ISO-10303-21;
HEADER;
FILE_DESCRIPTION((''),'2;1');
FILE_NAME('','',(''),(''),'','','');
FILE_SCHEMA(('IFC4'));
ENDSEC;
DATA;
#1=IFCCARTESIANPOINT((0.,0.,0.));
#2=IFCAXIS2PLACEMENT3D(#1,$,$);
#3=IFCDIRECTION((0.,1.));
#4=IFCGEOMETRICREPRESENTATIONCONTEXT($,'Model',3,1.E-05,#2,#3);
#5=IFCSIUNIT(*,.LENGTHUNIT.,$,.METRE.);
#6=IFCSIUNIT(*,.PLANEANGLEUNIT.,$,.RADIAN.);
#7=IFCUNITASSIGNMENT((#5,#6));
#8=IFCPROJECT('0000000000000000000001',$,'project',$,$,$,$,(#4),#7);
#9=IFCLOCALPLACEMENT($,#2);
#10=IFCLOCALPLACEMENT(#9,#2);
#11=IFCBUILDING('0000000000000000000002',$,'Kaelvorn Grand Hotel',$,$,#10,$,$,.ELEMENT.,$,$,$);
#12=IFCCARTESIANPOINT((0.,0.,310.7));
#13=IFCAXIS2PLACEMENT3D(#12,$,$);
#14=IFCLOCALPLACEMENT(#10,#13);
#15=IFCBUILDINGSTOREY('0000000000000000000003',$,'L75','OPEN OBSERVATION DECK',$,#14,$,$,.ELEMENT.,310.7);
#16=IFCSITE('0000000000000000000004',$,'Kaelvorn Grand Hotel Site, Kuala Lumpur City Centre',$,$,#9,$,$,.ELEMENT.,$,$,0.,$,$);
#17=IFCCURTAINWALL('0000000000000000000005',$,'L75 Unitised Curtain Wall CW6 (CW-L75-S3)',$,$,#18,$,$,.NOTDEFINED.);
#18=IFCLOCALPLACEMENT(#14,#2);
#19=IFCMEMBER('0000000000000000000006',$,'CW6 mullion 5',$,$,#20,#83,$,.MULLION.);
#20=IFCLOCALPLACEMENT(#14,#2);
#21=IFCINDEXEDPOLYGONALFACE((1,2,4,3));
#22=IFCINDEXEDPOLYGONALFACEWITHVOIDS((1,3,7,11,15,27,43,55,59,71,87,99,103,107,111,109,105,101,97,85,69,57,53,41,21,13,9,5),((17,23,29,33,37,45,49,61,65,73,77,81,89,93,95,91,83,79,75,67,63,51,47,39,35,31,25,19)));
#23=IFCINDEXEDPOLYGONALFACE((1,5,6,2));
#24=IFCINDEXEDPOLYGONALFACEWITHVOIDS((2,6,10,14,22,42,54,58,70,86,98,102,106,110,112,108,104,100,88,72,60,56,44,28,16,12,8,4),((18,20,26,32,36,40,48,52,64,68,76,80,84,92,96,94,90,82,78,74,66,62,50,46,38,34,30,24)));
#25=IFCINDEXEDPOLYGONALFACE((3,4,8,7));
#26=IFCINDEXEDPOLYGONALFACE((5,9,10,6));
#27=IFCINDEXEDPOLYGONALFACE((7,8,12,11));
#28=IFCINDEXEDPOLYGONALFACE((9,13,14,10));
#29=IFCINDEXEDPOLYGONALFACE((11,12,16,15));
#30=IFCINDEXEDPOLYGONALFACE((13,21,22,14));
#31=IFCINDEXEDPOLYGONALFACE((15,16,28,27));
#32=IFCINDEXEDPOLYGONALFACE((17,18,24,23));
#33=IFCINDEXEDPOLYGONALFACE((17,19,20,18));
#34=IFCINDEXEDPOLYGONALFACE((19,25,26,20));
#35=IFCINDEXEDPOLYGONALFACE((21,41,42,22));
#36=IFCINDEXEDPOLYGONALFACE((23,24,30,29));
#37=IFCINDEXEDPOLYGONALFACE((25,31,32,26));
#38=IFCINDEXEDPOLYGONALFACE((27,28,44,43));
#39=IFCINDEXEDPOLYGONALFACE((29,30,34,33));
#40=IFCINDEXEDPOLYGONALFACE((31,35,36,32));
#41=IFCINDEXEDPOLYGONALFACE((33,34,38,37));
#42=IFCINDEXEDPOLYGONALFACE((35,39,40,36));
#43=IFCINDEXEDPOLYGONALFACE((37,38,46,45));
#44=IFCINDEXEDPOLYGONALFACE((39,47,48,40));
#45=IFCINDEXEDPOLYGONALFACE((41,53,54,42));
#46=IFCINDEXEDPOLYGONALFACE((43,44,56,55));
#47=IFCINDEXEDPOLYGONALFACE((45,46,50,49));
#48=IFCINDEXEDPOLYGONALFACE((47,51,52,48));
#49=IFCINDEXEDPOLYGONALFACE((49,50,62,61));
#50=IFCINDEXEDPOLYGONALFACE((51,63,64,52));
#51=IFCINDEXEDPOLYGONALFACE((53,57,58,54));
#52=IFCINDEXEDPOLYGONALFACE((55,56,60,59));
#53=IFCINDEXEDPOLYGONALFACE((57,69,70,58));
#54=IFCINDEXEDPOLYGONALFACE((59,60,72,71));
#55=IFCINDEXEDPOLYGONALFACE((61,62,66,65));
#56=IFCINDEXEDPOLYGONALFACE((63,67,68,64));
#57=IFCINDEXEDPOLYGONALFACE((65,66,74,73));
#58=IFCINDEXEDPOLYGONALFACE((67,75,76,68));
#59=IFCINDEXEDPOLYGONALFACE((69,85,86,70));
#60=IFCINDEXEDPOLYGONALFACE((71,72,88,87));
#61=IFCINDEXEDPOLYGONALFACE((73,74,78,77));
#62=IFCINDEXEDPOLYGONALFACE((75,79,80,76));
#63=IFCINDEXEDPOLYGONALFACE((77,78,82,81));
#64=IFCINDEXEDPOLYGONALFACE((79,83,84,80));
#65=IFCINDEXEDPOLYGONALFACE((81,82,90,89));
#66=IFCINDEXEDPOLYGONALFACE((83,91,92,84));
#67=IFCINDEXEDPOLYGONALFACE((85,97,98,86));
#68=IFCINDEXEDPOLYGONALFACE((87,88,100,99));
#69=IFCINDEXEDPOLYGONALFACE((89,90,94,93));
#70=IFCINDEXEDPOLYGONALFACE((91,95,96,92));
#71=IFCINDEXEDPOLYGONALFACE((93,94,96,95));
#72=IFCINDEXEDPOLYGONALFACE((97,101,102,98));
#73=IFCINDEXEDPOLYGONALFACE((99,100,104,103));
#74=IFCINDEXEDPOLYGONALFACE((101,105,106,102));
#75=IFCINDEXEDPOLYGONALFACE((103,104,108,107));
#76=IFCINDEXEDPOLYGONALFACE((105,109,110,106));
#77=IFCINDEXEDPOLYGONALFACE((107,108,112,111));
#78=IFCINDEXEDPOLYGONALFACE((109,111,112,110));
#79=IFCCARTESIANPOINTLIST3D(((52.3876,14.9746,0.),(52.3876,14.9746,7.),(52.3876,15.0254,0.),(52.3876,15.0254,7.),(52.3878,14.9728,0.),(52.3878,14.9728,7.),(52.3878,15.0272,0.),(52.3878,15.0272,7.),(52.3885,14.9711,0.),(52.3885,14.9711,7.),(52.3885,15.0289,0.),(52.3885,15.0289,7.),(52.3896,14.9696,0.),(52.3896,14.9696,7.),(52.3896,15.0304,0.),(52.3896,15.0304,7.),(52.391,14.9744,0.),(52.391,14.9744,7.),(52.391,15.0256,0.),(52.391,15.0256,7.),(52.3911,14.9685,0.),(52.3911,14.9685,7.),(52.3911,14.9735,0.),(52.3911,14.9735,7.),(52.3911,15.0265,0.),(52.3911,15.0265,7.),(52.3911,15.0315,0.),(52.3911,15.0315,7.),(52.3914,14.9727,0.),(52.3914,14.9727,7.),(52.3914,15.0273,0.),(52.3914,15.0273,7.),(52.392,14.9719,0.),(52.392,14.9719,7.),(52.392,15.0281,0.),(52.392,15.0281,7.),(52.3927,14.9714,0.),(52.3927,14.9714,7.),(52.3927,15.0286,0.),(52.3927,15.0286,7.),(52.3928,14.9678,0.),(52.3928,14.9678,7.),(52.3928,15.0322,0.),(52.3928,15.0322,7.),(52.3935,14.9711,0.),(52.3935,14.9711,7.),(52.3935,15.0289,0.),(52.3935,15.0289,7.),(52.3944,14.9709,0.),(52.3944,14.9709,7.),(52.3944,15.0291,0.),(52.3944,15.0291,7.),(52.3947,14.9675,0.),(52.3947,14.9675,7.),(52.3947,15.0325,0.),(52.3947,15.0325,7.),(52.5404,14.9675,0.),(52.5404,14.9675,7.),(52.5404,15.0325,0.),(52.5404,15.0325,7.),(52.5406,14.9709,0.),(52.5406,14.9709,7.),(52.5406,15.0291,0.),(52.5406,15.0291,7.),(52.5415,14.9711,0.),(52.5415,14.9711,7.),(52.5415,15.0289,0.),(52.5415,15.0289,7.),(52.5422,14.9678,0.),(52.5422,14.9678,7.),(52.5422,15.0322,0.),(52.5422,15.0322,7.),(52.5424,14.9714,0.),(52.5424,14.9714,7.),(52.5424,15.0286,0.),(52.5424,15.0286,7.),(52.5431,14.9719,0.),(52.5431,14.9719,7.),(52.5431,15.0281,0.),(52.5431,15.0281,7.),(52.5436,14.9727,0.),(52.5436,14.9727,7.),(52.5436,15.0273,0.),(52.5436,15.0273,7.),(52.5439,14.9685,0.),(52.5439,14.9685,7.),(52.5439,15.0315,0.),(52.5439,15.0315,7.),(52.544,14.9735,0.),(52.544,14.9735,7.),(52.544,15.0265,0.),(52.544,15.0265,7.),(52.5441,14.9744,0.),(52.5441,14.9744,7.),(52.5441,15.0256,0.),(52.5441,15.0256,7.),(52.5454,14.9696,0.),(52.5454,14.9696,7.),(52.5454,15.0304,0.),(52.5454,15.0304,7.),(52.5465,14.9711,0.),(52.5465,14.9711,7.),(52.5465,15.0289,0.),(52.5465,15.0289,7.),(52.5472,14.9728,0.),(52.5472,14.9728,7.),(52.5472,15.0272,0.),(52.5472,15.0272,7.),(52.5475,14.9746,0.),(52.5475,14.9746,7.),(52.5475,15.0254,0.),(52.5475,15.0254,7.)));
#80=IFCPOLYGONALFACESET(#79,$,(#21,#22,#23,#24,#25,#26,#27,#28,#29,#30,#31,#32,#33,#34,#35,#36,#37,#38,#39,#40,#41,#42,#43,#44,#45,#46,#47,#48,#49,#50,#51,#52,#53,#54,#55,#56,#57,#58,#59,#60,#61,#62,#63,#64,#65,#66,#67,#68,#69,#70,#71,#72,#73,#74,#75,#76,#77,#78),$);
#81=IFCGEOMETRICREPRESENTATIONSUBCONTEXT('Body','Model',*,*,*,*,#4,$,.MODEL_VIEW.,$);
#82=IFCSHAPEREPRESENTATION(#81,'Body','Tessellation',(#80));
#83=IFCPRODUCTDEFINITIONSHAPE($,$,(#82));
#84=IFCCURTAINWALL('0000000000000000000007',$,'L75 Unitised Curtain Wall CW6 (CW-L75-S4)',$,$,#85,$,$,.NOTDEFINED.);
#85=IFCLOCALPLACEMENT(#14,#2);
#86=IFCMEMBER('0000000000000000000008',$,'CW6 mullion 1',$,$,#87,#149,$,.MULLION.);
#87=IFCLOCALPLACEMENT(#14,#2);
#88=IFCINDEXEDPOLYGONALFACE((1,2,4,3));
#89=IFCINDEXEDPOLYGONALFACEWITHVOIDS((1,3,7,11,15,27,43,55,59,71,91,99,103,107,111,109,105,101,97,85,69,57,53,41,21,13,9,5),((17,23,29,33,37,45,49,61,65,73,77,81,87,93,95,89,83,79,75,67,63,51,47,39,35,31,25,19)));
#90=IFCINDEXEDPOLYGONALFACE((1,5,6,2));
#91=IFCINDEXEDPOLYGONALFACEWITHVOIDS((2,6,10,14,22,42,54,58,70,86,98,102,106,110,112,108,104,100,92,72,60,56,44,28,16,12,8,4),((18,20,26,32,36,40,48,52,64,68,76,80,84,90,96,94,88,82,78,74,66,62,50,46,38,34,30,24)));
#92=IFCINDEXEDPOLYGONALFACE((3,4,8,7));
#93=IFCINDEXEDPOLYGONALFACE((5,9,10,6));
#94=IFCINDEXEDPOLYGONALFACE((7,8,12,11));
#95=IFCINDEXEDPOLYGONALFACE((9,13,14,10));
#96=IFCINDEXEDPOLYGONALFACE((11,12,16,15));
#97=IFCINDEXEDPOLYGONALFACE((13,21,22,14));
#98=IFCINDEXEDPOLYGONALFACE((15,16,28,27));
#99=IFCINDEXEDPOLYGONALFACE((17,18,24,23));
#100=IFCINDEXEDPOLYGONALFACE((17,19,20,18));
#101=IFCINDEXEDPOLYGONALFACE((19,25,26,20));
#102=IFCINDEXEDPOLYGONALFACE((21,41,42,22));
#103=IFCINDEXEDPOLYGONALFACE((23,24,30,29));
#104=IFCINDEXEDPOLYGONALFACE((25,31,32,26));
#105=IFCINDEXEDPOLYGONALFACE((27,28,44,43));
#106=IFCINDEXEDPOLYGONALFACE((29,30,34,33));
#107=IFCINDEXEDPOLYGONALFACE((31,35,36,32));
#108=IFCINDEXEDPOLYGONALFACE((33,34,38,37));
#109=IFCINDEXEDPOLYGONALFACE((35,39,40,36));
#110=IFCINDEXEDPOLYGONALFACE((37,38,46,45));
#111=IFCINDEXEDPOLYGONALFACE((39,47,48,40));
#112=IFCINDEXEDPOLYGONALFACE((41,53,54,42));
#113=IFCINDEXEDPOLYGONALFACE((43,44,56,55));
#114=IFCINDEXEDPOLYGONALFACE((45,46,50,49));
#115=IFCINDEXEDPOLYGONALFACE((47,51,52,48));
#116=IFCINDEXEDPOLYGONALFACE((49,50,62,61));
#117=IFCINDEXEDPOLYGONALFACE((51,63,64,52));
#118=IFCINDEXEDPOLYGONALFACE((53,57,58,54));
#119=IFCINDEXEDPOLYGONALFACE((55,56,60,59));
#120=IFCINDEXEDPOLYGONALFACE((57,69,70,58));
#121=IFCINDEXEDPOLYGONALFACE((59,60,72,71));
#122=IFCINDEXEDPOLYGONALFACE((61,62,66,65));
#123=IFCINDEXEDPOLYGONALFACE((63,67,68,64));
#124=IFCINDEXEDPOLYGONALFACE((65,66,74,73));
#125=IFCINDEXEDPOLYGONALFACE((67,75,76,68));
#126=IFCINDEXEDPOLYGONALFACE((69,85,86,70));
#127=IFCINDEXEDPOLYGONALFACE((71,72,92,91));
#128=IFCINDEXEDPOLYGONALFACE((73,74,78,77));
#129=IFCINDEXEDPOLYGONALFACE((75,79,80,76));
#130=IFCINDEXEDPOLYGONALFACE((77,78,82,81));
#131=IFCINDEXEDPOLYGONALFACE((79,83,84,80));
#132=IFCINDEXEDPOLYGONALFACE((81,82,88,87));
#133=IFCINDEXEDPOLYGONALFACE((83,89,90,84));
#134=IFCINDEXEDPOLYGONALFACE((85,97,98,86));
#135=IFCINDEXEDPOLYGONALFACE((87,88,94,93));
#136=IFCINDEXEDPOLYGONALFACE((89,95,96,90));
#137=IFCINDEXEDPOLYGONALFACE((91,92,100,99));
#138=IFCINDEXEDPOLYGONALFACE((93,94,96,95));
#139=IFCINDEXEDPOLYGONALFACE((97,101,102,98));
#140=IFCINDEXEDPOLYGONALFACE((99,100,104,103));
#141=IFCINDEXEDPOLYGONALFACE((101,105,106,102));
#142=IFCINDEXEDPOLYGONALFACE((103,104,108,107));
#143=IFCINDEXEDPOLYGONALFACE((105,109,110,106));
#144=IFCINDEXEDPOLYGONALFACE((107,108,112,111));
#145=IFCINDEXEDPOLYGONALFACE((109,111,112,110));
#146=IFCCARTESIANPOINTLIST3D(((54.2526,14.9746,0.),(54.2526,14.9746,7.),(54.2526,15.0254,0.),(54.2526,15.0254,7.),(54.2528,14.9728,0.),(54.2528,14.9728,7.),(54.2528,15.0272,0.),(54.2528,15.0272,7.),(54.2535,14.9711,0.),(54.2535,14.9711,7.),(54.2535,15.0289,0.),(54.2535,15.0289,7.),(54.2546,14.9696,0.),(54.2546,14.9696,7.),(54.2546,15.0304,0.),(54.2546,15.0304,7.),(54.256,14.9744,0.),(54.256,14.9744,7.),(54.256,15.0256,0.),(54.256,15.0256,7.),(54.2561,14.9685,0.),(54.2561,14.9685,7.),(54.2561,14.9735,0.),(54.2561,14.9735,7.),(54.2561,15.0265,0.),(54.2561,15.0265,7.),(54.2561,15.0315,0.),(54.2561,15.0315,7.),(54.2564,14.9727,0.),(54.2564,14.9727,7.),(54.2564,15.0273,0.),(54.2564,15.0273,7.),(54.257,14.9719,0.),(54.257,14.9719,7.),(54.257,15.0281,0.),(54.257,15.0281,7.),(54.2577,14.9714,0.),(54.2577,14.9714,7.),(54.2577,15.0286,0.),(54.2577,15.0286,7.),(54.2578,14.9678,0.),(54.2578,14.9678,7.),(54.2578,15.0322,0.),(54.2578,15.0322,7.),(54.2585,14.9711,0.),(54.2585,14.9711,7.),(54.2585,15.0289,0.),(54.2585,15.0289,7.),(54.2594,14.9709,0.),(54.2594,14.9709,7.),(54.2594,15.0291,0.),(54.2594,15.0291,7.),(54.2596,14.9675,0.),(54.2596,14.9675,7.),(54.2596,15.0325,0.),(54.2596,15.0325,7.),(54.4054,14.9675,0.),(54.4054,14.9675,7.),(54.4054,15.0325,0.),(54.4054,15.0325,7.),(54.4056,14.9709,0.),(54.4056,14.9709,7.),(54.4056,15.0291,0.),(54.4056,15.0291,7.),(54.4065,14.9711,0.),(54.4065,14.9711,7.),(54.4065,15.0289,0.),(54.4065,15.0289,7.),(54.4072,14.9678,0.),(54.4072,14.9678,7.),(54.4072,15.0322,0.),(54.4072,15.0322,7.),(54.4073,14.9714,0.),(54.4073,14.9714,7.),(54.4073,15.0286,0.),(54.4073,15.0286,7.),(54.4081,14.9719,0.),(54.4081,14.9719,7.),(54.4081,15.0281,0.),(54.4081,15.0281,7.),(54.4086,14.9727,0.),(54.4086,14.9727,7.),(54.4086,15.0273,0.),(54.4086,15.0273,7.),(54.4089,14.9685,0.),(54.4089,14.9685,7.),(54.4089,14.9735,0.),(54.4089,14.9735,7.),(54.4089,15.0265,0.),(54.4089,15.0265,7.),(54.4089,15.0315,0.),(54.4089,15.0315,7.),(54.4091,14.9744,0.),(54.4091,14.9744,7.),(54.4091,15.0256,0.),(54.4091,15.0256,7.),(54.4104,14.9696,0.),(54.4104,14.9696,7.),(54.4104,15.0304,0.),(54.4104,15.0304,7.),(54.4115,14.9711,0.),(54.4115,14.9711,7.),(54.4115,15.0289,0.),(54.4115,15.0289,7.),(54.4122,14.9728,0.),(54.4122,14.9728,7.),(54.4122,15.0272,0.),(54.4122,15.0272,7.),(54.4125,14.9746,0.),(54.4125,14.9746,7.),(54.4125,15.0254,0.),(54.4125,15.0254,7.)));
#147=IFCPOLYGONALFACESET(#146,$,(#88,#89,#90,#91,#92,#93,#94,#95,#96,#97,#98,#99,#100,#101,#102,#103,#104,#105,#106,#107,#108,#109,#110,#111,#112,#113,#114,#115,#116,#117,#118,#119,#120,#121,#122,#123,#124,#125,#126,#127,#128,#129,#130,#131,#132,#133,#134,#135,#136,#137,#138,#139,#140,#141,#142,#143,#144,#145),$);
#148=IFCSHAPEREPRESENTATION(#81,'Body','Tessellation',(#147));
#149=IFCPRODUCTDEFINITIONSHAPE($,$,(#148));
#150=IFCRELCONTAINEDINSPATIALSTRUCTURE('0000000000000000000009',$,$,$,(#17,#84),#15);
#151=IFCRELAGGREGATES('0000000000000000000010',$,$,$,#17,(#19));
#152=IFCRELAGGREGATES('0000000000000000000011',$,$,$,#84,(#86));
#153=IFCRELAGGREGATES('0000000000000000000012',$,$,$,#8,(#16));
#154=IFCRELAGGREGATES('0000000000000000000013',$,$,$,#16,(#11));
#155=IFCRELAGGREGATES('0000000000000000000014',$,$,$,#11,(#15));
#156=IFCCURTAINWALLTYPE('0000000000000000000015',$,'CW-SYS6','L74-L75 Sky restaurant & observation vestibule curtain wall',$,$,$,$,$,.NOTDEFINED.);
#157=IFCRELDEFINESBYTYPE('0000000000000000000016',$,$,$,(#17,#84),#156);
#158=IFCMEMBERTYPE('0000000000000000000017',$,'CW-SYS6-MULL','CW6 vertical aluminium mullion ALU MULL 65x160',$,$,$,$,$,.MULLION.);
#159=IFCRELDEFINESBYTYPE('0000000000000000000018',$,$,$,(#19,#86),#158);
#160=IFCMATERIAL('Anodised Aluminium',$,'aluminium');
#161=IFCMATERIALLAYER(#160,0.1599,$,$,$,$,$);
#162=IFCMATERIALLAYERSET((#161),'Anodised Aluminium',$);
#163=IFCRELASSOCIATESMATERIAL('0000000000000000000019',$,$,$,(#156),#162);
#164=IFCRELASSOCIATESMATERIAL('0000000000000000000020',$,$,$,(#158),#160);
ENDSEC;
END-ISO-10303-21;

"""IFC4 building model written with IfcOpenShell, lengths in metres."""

from ifc_helpers import new_model, si_unit, direction, frame, origin, origin_2d, place, context, subcontext, project, spatial, hollow_rectangle, extrude, material, layer, layer_set, material_profile, profile_set, type_object, element, aggregate, save


model = new_model("IFC4")

# Units and contexts
model_context = context("Model", 3, precision=1e-05, world=origin(), true_north=direction((0.0, 1.0)))
body_context = subcontext(model_context, "Body", "Model", "MODEL_VIEW")
ifc_project = project(units=[si_unit("LENGTHUNIT", "METRE"), si_unit("PLANEANGLEUNIT", "RADIAN")], contexts=[model_context])

# Site, building, storey
site_placement = place(None, origin())
site = spatial("IfcSite", under=ifc_project, at=site_placement, Name="Kaelvorn Grand Hotel Site, Kuala Lumpur City Centre", CompositionType="ELEMENT", RefElevation=0.0)
building_placement = place(site_placement, origin())
building = spatial("IfcBuilding", under=site, at=building_placement, Name="Kaelvorn Grand Hotel", CompositionType="ELEMENT")
storey_placement = place(building_placement, frame((0.0, 0.0, 310.7)))
storey = spatial("IfcBuildingStorey", under=building, at=storey_placement, Name="L75", Description="OPEN OBSERVATION DECK", CompositionType="ELEMENT", Elevation=310.7)

# Curtain walls, members
ifc_material_1 = material(Name="Anodised Aluminium", Category="aluminium")
ifc_layer_1 = layer(ifc_material_1, 0.1599)
ifc_layer_set_1 = layer_set([ifc_layer_1], Name="Anodised Aluminium")
curtain_wall_type = type_object("IfcCurtainWallType", Name="CW-SYS6", Description="L74-L75 Sky restaurant & observation vestibule curtain wall", PredefinedType="NOTDEFINED", material=ifc_layer_set_1)
curtain_wall_1_placement = place(storey_placement, origin())
curtain_wall_1 = element("IfcCurtainWall", 1, at=curtain_wall_1_placement, inside=storey, type_object=curtain_wall_type, Name="L75 Unitised Curtain Wall CW6 (CW-L75-S3)", PredefinedType="NOTDEFINED")
ifc_material_profile_1 = material_profile(ifc_material_1, hollow_rectangle(XDim=0.0649, YDim=0.1599, WallThickness=0.0034, InnerFilletRadius=0.0034, OuterFilletRadius=0.0071, at=origin_2d()), Name="ALU MULL 65x160")
ifc_profile_set_1 = profile_set([ifc_material_profile_1], Name="Anodised Aluminium")
member_type_1 = type_object("IfcMemberType", Name="CW-SYS6-MULL", Description="CW6 vertical aluminium mullion ALU MULL 65x160", PredefinedType="MULLION", material=ifc_profile_set_1)
member_1_placement = place(storey_placement, frame((52.4675, 15.0, 0.0), z_axis=(0.0, 0.0, 1.0), x_axis=(0.0, 1.0, 0.0)))
member_1 = element("IfcMember", 2, at=member_1_placement, type_object=member_type_1, Name="CW6 mullion 5", PredefinedType="MULLION", context=body_context, shape_type="SweptSolid", body=[
    extrude(hollow_rectangle(XDim=0.0649, YDim=0.1599, WallThickness=0.0034, InnerFilletRadius=0.0034, OuterFilletRadius=0.0071, at=origin_2d()), origin(), (0.0, 0.0, 1.0), 7.0),
])
curtain_wall_2_placement = place(storey_placement, origin())
curtain_wall_2 = element("IfcCurtainWall", 3, at=curtain_wall_2_placement, inside=storey, type_object=curtain_wall_type, Name="L75 Unitised Curtain Wall CW6 (CW-L75-S4)", PredefinedType="NOTDEFINED")
member_2_placement = place(storey_placement, frame((54.3325, 15.0, 0.0), z_axis=(0.0, 0.0, 1.0), x_axis=(0.0, 1.0, 0.0)))
member_2 = element("IfcMember", 4, at=member_2_placement, type_object=member_type_1, Name="CW6 mullion 1", PredefinedType="MULLION", context=body_context, shape_type="SweptSolid", body=[
    extrude(hollow_rectangle(XDim=0.0649, YDim=0.1599, WallThickness=0.0034, InnerFilletRadius=0.0034, OuterFilletRadius=0.0071, at=origin_2d()), origin(), (0.0, 0.0, 1.0), 7.0),
])

aggregate(curtain_wall_1, [member_1])
aggregate(curtain_wall_2, [member_2])

save(model, "model.ifc")
